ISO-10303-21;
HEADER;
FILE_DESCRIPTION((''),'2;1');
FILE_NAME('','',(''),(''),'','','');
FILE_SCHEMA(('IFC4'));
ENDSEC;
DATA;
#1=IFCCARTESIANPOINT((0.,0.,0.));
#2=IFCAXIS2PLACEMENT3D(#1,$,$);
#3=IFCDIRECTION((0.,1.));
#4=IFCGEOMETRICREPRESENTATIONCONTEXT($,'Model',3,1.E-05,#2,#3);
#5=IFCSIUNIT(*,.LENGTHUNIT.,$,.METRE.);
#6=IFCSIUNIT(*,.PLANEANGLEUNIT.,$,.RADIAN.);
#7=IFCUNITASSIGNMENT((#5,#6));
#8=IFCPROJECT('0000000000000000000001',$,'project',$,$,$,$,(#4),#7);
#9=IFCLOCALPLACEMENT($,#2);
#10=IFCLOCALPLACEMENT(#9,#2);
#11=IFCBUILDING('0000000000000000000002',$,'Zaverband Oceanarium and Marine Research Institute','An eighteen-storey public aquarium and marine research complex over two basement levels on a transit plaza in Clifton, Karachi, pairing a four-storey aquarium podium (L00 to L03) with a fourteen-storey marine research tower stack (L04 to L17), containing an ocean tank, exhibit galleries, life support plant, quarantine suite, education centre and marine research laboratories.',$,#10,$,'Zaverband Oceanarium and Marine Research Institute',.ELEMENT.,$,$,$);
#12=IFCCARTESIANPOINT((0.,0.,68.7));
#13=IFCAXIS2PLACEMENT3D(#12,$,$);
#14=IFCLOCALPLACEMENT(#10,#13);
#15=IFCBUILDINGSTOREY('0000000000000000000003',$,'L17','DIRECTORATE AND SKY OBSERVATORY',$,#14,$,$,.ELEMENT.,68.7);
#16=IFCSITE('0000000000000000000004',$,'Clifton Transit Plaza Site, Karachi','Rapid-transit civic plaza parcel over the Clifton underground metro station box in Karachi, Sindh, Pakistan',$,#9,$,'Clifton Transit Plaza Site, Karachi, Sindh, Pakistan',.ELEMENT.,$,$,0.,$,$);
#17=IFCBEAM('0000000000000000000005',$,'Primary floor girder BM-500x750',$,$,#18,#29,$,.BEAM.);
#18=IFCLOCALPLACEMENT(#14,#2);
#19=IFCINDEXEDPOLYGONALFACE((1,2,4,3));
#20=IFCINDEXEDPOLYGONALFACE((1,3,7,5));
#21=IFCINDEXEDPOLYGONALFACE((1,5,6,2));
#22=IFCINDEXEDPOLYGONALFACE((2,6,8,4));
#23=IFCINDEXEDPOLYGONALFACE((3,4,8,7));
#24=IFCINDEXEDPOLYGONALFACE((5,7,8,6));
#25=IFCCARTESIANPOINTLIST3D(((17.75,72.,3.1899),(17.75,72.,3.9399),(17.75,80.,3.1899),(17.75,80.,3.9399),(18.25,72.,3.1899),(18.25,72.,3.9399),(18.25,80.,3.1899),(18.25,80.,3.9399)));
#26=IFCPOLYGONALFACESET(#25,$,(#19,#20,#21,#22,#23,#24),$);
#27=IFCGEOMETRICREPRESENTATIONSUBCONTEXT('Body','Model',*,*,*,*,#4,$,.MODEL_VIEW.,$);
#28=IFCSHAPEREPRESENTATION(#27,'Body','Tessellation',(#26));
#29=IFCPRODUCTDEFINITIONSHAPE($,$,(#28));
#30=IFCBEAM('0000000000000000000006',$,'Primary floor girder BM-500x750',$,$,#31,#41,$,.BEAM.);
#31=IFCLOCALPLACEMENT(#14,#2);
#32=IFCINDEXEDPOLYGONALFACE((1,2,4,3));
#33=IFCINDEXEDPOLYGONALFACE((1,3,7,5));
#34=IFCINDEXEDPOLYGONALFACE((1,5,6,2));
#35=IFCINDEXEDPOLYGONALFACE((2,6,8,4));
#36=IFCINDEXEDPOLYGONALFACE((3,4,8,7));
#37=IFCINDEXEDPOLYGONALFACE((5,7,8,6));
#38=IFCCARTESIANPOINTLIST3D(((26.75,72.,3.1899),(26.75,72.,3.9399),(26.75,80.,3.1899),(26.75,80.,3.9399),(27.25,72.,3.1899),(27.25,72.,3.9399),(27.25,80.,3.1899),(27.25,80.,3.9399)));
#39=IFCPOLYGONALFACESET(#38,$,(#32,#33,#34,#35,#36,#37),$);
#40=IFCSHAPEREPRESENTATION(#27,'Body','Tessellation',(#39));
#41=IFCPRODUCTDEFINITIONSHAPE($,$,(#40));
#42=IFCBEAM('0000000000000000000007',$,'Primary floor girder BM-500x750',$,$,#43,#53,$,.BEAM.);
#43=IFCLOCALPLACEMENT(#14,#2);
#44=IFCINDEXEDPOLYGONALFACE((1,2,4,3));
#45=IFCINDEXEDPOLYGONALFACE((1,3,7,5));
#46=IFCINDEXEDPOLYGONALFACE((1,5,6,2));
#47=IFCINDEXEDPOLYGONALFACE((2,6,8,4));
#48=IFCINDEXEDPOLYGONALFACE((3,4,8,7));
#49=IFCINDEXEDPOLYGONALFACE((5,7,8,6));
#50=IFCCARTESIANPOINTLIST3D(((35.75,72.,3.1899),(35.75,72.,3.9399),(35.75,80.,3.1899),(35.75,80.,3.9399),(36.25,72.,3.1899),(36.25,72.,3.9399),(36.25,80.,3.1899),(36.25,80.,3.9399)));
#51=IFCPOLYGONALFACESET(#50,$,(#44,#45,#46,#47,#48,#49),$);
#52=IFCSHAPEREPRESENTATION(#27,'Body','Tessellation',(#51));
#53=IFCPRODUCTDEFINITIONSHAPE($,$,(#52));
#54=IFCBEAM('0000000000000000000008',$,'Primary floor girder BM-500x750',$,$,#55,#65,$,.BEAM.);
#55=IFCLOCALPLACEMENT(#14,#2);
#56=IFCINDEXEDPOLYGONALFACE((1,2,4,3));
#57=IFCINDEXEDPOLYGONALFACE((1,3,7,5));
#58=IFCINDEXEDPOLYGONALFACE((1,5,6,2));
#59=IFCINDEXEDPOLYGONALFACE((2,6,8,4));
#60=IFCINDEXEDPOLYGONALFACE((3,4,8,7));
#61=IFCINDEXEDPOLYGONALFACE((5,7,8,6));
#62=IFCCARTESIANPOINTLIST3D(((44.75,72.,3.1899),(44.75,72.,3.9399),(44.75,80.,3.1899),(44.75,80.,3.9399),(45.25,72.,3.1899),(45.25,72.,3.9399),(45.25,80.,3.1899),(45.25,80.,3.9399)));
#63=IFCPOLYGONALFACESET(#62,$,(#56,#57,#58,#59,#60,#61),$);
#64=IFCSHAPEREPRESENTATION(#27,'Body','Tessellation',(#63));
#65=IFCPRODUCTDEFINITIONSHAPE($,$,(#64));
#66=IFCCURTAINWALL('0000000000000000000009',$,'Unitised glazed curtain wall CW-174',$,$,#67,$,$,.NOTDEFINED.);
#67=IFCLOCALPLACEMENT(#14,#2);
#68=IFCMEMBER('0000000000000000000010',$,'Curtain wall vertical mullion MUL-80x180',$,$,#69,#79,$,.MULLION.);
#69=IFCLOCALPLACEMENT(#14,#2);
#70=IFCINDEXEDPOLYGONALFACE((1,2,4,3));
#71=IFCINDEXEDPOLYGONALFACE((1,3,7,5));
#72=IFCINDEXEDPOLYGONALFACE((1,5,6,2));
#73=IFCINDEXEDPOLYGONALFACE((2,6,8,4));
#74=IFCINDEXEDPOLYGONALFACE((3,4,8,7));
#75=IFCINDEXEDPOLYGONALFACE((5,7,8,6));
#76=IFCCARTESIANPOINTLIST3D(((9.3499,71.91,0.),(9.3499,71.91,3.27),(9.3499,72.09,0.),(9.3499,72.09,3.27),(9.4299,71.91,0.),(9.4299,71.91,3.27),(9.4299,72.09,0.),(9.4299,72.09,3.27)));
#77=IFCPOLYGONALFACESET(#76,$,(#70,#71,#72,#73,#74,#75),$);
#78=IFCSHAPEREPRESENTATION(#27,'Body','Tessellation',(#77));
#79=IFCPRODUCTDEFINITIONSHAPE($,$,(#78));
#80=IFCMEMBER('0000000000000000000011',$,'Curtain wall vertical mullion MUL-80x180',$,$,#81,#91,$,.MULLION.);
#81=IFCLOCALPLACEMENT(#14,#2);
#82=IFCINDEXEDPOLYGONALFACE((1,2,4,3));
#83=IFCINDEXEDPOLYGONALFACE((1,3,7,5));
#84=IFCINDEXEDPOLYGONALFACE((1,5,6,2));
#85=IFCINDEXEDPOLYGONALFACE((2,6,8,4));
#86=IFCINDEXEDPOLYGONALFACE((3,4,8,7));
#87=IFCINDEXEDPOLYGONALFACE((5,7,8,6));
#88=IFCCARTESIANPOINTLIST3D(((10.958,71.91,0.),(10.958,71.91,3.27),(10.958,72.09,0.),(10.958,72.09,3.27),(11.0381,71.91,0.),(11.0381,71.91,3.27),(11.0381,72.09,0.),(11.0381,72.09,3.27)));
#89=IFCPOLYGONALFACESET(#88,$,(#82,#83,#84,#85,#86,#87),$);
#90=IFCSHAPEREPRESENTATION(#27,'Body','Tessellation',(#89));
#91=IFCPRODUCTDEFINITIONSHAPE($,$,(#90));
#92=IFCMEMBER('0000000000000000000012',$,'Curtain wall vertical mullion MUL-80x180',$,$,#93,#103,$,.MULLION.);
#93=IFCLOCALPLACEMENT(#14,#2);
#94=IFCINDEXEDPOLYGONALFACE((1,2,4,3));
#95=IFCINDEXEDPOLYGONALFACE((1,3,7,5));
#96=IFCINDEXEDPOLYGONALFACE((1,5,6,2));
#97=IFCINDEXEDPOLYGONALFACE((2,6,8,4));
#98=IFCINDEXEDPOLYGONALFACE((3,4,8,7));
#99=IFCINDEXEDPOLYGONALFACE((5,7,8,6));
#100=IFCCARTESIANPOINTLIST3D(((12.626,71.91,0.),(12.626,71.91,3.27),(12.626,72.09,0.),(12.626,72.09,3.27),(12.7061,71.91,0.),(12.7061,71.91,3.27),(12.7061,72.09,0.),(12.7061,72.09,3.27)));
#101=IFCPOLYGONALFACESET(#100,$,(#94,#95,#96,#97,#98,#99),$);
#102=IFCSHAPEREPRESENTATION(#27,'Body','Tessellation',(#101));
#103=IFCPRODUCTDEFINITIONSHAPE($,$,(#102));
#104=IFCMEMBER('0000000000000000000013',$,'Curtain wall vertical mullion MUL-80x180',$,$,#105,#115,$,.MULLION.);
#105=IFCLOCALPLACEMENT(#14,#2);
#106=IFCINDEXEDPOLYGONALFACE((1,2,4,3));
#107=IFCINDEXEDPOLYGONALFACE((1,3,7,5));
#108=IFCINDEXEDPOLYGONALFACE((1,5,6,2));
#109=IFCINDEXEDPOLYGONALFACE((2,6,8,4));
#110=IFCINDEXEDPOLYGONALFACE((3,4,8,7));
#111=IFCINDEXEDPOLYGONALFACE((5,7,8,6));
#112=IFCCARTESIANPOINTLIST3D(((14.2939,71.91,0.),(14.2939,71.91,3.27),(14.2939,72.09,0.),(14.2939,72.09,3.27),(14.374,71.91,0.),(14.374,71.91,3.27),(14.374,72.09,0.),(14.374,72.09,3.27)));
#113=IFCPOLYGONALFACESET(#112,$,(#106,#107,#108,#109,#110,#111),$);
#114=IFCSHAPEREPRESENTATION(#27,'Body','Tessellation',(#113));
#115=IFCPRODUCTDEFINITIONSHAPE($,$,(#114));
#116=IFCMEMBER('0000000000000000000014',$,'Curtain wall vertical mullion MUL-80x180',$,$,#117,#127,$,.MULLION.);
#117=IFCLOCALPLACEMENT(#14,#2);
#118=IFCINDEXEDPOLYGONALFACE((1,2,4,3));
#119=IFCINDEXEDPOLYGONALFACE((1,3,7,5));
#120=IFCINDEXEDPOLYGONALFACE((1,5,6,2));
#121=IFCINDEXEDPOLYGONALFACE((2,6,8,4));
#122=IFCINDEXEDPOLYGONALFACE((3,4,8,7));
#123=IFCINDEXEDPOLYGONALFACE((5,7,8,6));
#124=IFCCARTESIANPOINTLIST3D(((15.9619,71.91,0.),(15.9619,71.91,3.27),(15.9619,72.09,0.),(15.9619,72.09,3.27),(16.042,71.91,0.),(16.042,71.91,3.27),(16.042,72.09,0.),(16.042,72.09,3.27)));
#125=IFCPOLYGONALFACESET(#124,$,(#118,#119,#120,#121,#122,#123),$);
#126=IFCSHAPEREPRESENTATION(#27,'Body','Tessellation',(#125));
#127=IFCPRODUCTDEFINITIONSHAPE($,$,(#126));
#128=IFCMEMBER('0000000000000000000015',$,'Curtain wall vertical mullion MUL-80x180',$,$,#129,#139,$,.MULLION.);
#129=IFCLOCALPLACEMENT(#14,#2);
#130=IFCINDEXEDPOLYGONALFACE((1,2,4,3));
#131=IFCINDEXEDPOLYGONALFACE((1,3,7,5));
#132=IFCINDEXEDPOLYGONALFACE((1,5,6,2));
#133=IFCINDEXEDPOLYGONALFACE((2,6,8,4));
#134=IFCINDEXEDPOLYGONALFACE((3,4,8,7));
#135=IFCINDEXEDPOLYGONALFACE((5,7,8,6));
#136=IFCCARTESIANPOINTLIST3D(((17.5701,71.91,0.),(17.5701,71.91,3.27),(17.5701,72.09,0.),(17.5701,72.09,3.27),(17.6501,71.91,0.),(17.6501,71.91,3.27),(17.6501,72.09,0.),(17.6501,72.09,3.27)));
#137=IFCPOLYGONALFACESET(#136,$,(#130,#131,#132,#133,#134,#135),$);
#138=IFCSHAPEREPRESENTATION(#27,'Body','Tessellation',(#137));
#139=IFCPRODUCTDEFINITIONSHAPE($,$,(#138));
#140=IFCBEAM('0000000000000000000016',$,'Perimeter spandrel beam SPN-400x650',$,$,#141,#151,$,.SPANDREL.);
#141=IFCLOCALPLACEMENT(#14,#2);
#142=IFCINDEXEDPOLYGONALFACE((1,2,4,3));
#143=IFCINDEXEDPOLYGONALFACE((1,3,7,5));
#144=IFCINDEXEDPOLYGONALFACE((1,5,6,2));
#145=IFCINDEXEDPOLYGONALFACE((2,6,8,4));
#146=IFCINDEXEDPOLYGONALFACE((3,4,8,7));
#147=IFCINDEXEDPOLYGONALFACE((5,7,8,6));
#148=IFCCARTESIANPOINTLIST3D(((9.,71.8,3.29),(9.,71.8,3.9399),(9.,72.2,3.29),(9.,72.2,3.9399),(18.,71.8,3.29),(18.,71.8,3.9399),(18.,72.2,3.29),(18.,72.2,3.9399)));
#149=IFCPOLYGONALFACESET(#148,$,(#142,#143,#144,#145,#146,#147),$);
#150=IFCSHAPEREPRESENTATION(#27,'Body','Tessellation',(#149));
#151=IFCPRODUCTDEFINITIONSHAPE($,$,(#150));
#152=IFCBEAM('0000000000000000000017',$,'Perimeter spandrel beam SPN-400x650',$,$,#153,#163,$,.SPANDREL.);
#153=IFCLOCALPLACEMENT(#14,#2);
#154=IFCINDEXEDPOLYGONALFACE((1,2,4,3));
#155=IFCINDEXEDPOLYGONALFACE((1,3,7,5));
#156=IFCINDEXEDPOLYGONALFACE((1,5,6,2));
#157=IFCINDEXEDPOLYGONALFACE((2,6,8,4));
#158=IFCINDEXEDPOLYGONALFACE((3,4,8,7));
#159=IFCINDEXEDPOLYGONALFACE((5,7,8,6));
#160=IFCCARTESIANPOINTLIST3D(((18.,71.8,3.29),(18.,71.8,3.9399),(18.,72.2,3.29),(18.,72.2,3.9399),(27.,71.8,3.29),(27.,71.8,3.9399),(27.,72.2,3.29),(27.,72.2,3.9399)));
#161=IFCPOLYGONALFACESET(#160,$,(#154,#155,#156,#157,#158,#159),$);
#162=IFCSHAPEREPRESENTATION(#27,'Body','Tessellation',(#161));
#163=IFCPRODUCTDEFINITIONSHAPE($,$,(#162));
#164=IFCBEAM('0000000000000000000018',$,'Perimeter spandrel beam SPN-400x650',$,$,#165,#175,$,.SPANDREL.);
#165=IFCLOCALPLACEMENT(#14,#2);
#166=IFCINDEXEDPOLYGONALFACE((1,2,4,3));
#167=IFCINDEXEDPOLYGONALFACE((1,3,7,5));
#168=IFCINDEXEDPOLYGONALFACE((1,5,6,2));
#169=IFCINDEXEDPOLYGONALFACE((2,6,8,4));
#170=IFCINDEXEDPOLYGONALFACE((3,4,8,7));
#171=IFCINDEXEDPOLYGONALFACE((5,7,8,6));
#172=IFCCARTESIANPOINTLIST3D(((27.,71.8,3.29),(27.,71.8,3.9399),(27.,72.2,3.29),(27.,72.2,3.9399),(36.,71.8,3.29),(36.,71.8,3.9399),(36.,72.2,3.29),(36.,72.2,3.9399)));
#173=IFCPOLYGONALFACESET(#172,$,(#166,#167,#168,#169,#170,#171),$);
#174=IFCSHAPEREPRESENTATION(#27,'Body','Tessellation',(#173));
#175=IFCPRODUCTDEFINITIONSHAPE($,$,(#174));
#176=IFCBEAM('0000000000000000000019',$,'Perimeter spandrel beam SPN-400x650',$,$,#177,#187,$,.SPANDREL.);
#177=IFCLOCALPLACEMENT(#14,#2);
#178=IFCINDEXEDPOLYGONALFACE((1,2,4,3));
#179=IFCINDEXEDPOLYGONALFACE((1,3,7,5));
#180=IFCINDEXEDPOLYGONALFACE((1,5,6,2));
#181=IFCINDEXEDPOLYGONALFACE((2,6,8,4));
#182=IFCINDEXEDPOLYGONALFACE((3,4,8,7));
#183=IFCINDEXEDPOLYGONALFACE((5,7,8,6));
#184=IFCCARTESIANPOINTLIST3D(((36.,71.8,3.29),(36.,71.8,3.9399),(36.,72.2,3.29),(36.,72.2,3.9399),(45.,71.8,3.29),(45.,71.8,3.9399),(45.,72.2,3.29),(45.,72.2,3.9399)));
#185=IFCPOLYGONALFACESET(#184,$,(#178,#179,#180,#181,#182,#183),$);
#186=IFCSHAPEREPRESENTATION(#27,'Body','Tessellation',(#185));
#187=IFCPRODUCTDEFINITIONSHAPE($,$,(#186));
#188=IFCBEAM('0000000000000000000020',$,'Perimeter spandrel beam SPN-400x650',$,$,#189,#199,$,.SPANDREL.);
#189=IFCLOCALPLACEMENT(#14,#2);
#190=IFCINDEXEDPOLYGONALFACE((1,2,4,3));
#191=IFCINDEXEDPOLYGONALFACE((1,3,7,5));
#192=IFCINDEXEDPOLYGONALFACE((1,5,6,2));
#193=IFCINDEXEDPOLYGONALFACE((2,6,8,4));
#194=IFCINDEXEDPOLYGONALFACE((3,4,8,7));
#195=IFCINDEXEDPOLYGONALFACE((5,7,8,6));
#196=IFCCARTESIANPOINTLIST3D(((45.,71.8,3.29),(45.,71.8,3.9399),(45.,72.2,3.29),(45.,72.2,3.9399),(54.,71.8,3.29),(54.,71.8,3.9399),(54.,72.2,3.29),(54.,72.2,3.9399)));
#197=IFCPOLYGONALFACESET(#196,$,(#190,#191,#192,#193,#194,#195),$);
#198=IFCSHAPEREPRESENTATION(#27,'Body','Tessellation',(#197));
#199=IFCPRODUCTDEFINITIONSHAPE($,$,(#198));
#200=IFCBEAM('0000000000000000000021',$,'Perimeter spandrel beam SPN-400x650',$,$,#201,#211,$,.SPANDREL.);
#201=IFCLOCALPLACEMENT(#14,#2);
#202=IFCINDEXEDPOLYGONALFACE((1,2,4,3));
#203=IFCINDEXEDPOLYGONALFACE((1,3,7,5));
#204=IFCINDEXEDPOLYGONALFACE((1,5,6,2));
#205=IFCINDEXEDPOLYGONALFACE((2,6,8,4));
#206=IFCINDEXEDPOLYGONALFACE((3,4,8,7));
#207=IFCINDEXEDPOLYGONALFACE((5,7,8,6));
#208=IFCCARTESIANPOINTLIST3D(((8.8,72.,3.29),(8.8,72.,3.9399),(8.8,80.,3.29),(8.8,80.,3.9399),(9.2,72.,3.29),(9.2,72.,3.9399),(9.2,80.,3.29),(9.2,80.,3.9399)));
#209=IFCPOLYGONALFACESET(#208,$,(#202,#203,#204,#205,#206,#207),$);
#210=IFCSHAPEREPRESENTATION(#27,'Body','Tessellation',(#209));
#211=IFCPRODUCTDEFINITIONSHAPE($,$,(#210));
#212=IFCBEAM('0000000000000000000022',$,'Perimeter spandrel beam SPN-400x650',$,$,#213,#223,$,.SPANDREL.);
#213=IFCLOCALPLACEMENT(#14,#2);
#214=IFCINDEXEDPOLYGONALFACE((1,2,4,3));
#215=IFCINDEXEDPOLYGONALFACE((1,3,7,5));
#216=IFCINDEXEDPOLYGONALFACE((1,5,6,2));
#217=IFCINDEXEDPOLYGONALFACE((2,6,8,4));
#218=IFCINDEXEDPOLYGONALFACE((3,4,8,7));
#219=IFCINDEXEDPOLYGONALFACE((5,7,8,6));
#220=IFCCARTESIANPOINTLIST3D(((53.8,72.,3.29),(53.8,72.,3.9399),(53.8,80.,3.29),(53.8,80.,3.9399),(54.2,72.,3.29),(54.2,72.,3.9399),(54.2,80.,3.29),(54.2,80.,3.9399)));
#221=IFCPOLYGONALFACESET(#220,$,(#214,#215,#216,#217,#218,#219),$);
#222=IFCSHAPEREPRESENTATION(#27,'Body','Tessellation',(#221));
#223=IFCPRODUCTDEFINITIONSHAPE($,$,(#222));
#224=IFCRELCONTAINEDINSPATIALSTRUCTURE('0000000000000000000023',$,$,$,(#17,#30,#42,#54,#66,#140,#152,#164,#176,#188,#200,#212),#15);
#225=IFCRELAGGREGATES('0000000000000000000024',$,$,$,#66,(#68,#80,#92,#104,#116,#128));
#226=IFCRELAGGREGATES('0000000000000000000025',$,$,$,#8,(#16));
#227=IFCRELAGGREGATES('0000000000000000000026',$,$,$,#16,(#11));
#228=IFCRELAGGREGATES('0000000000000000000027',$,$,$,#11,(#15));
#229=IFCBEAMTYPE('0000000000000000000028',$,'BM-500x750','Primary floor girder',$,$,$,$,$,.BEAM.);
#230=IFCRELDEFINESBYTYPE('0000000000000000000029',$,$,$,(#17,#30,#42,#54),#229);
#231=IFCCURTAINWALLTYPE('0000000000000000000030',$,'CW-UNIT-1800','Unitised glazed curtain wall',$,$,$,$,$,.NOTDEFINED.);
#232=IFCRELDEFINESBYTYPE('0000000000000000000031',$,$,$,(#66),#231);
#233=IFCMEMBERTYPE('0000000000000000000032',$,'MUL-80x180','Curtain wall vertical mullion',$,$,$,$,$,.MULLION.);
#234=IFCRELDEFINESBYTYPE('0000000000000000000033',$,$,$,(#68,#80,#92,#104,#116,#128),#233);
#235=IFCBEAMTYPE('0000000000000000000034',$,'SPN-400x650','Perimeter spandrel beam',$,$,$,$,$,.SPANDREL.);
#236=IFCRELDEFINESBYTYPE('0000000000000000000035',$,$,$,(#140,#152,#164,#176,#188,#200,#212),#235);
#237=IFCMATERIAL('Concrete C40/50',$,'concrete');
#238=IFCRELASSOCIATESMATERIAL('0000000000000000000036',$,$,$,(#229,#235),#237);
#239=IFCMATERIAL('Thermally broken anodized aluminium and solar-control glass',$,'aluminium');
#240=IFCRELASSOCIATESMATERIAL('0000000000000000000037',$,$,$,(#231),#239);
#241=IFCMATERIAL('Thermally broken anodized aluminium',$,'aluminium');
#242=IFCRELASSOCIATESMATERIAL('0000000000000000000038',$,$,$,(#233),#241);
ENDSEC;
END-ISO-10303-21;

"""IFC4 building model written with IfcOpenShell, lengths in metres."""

from ifc_helpers import new_model, si_unit, direction, frame, origin, origin_2d, place, context, subcontext, project, spatial, rectangle, extrude, material, material_profile, profile_set, type_object, element, aggregate, save


model = new_model("IFC4")

# Units and contexts
model_context = context("Model", 3, precision=1e-05, world=origin(), true_north=direction((0.0, 1.0)))
body_context = subcontext(model_context, "Body", "Model", "MODEL_VIEW")
ifc_project = project(units=[si_unit("LENGTHUNIT", "METRE"), si_unit("PLANEANGLEUNIT", "RADIAN")], contexts=[model_context])

# Site, building, storey
site_placement = place(None, origin())
site = spatial("IfcSite", under=ifc_project, at=site_placement, Name="Clifton Transit Plaza Site, Karachi", Description="Rapid-transit civic plaza parcel over the Clifton underground metro station box in Karachi, Sindh, Pakistan", LongName="Clifton Transit Plaza Site, Karachi, Sindh, Pakistan", CompositionType="ELEMENT", RefElevation=0.0)
building_placement = place(site_placement, origin())
building = spatial("IfcBuilding", under=site, at=building_placement, Name="Zaverband Oceanarium and Marine Research Institute", Description="An eighteen-storey public aquarium and marine research complex over two basement levels on a transit plaza in Clifton, Karachi, pairing a four-storey aquarium podium (L00 to L03) with a fourteen-storey marine research tower stack (L04 to L17), containing an ocean tank, exhibit galleries, life support plant, quarantine suite, education centre and marine research laboratories.", LongName="Zaverband Oceanarium and Marine Research Institute", CompositionType="ELEMENT")
storey_placement = place(building_placement, frame((0.0, 0.0, 68.7)))
storey = spatial("IfcBuildingStorey", under=building, at=storey_placement, Name="L17", Description="DIRECTORATE AND SKY OBSERVATORY", CompositionType="ELEMENT", Elevation=68.7)

# Beams
ifc_material_1 = material(Name="Concrete C40/50", Category="concrete")
ifc_material_profile_1 = material_profile(ifc_material_1, rectangle(XDim=0.5, YDim=0.75, at=origin_2d()), Name="RC500x750")
ifc_profile_set_1 = profile_set([ifc_material_profile_1], Name="Concrete C40/50")
beam_type_1 = type_object("IfcBeamType", Name="BM-500x750", Description="Primary floor girder", PredefinedType="BEAM", material=ifc_profile_set_1)
for number, where, z_axis, x_axis, name in (
    (1, (18.0, 72.0, 3.5649), (0.0, 1.0, 0.0), (-1.0, 0.0, 0.0), "Primary floor girder BM-500x750"),
    (2, (27.0, 72.0, 3.5649), (0.0, 1.0, 0.0), (-1.0, 0.0, 0.0), "Primary floor girder BM-500x750"),
    (3, (36.0, 72.0, 3.5649), (0.0, 1.0, 0.0), (-1.0, 0.0, 0.0), "Primary floor girder BM-500x750"),
    (4, (45.0, 72.0, 3.5649), (0.0, 1.0, 0.0), (-1.0, 0.0, 0.0), "Primary floor girder BM-500x750"),
):
    element("IfcBeam", number, at=place(storey_placement, frame(where, z_axis=z_axis, x_axis=x_axis)), inside=storey, type_object=beam_type_1, Name=name, PredefinedType="BEAM", context=body_context, shape_type="SweptSolid", body=[
        extrude(rectangle(XDim=0.5, YDim=0.75, at=origin_2d()), origin(), (0.0, 0.0, 1.0), 8.0),
    ])

# Curtain wall, members
ifc_material_2 = material(Name="Thermally broken anodized aluminium and solar-control glass", Category="aluminium")
curtain_wall_type = type_object("IfcCurtainWallType", Name="CW-UNIT-1800", Description="Unitised glazed curtain wall", PredefinedType="NOTDEFINED", material=ifc_material_2)
curtain_wall_placement = place(storey_placement, origin())
curtain_wall = element("IfcCurtainWall", 5, at=curtain_wall_placement, inside=storey, type_object=curtain_wall_type, Name="Unitised glazed curtain wall CW-174", PredefinedType="NOTDEFINED")
ifc_material_3 = material(Name="Thermally broken anodized aluminium", Category="aluminium")
ifc_material_profile_2 = material_profile(ifc_material_3, rectangle(XDim=0.0801, YDim=0.1799, at=origin_2d()), Name="AL-MUL-80x180")
ifc_profile_set_2 = profile_set([ifc_material_profile_2], Name="Thermally broken anodized aluminium")
member_type_1 = type_object("IfcMemberType", Name="MUL-80x180", Description="Curtain wall vertical mullion", PredefinedType="MULLION", material=ifc_profile_set_2)
member_1_placement = place(storey_placement, frame((9.3899, 72.0, 0.0), z_axis=(0.0, 0.0, 1.0), x_axis=(1.0, 0.0, 0.0)))
member_1 = element("IfcMember", 6, at=member_1_placement, type_object=member_type_1, Name="Curtain wall vertical mullion MUL-80x180", PredefinedType="MULLION", context=body_context, shape_type="SweptSolid", body=[
    extrude(rectangle(XDim=0.0801, YDim=0.1799, at=origin_2d()), origin(), (0.0, 0.0, 1.0), 3.27),
])
member_2_placement = place(storey_placement, frame((10.998, 72.0, 0.0), z_axis=(0.0, 0.0, 1.0), x_axis=(1.0, 0.0, 0.0)))
member_2 = element("IfcMember", 7, at=member_2_placement, type_object=member_type_1, Name="Curtain wall vertical mullion MUL-80x180", PredefinedType="MULLION", context=body_context, shape_type="SweptSolid", body=[
    extrude(rectangle(XDim=0.0801, YDim=0.1799, at=origin_2d()), origin(), (0.0, 0.0, 1.0), 3.27),
])
member_3_placement = place(storey_placement, frame((12.666, 72.0, 0.0), z_axis=(0.0, 0.0, 1.0), x_axis=(1.0, 0.0, 0.0)))
member_3 = element("IfcMember", 8, at=member_3_placement, type_object=member_type_1, Name="Curtain wall vertical mullion MUL-80x180", PredefinedType="MULLION", context=body_context, shape_type="SweptSolid", body=[
    extrude(rectangle(XDim=0.0801, YDim=0.1799, at=origin_2d()), origin(), (0.0, 0.0, 1.0), 3.27),
])
member_4_placement = place(storey_placement, frame((14.334, 72.0, 0.0), z_axis=(0.0, 0.0, 1.0), x_axis=(1.0, 0.0, 0.0)))
member_4 = element("IfcMember", 9, at=member_4_placement, type_object=member_type_1, Name="Curtain wall vertical mullion MUL-80x180", PredefinedType="MULLION", context=body_context, shape_type="SweptSolid", body=[
    extrude(rectangle(XDim=0.0801, YDim=0.1799, at=origin_2d()), origin(), (0.0, 0.0, 1.0), 3.27),
])
member_5_placement = place(storey_placement, frame((16.002, 72.0, 0.0), z_axis=(0.0, 0.0, 1.0), x_axis=(1.0, 0.0, 0.0)))
member_5 = element("IfcMember", 10, at=member_5_placement, type_object=member_type_1, Name="Curtain wall vertical mullion MUL-80x180", PredefinedType="MULLION", context=body_context, shape_type="SweptSolid", body=[
    extrude(rectangle(XDim=0.0801, YDim=0.1799, at=origin_2d()), origin(), (0.0, 0.0, 1.0), 3.27),
])
member_6_placement = place(storey_placement, frame((17.6101, 72.0, 0.0), z_axis=(0.0, 0.0, 1.0), x_axis=(1.0, 0.0, 0.0)))
member_6 = element("IfcMember", 11, at=member_6_placement, type_object=member_type_1, Name="Curtain wall vertical mullion MUL-80x180", PredefinedType="MULLION", context=body_context, shape_type="SweptSolid", body=[
    extrude(rectangle(XDim=0.0801, YDim=0.1799, at=origin_2d()), origin(), (0.0, 0.0, 1.0), 3.27),
])

# Beams
ifc_material_profile_3 = material_profile(ifc_material_1, rectangle(XDim=0.3999, YDim=0.6499, at=origin_2d()), Name="RC400x650")
ifc_profile_set_3 = profile_set([ifc_material_profile_3], Name="Concrete C40/50")
beam_type_2 = type_object("IfcBeamType", Name="SPN-400x650", Description="Perimeter spandrel beam", PredefinedType="SPANDREL", material=ifc_profile_set_3)
for number, where, z_axis, x_axis, name in (
    (12, (9.0, 72.0, 3.615), (1.0, 0.0, 0.0), (0.0, 1.0, 0.0), "Perimeter spandrel beam SPN-400x650"),
    (13, (18.0, 72.0, 3.615), (1.0, 0.0, 0.0), (0.0, 1.0, 0.0), "Perimeter spandrel beam SPN-400x650"),
    (14, (27.0, 72.0, 3.615), (1.0, 0.0, 0.0), (0.0, 1.0, 0.0), "Perimeter spandrel beam SPN-400x650"),
    (15, (36.0, 72.0, 3.615), (1.0, 0.0, 0.0), (0.0, 1.0, 0.0), "Perimeter spandrel beam SPN-400x650"),
    (16, (45.0, 72.0, 3.615), (1.0, 0.0, 0.0), (0.0, 1.0, 0.0), "Perimeter spandrel beam SPN-400x650"),
):
    element("IfcBeam", number, at=place(storey_placement, frame(where, z_axis=z_axis, x_axis=x_axis)), inside=storey, type_object=beam_type_2, Name=name, PredefinedType="SPANDREL", context=body_context, shape_type="SweptSolid", body=[
        extrude(rectangle(XDim=0.3999, YDim=0.6499, at=origin_2d()), origin(), (0.0, 0.0, 1.0), 9.0),
    ])
for number, where, z_axis, x_axis, name in (
    (17, (9.0, 72.0, 3.615), (0.0, 1.0, 0.0), (-1.0, 0.0, 0.0), "Perimeter spandrel beam SPN-400x650"),
    (18, (54.0, 72.0, 3.615), (0.0, 1.0, 0.0), (-1.0, 0.0, 0.0), "Perimeter spandrel beam SPN-400x650"),
):
    element("IfcBeam", number, at=place(storey_placement, frame(where, z_axis=z_axis, x_axis=x_axis)), inside=storey, type_object=beam_type_2, Name=name, PredefinedType="SPANDREL", context=body_context, shape_type="SweptSolid", body=[
        extrude(rectangle(XDim=0.3999, YDim=0.6499, at=origin_2d()), origin(), (0.0, 0.0, 1.0), 8.0),
    ])

aggregate(curtain_wall, [member_1, member_2, member_3, member_4, member_5, member_6])

save(model, "model.ifc")
